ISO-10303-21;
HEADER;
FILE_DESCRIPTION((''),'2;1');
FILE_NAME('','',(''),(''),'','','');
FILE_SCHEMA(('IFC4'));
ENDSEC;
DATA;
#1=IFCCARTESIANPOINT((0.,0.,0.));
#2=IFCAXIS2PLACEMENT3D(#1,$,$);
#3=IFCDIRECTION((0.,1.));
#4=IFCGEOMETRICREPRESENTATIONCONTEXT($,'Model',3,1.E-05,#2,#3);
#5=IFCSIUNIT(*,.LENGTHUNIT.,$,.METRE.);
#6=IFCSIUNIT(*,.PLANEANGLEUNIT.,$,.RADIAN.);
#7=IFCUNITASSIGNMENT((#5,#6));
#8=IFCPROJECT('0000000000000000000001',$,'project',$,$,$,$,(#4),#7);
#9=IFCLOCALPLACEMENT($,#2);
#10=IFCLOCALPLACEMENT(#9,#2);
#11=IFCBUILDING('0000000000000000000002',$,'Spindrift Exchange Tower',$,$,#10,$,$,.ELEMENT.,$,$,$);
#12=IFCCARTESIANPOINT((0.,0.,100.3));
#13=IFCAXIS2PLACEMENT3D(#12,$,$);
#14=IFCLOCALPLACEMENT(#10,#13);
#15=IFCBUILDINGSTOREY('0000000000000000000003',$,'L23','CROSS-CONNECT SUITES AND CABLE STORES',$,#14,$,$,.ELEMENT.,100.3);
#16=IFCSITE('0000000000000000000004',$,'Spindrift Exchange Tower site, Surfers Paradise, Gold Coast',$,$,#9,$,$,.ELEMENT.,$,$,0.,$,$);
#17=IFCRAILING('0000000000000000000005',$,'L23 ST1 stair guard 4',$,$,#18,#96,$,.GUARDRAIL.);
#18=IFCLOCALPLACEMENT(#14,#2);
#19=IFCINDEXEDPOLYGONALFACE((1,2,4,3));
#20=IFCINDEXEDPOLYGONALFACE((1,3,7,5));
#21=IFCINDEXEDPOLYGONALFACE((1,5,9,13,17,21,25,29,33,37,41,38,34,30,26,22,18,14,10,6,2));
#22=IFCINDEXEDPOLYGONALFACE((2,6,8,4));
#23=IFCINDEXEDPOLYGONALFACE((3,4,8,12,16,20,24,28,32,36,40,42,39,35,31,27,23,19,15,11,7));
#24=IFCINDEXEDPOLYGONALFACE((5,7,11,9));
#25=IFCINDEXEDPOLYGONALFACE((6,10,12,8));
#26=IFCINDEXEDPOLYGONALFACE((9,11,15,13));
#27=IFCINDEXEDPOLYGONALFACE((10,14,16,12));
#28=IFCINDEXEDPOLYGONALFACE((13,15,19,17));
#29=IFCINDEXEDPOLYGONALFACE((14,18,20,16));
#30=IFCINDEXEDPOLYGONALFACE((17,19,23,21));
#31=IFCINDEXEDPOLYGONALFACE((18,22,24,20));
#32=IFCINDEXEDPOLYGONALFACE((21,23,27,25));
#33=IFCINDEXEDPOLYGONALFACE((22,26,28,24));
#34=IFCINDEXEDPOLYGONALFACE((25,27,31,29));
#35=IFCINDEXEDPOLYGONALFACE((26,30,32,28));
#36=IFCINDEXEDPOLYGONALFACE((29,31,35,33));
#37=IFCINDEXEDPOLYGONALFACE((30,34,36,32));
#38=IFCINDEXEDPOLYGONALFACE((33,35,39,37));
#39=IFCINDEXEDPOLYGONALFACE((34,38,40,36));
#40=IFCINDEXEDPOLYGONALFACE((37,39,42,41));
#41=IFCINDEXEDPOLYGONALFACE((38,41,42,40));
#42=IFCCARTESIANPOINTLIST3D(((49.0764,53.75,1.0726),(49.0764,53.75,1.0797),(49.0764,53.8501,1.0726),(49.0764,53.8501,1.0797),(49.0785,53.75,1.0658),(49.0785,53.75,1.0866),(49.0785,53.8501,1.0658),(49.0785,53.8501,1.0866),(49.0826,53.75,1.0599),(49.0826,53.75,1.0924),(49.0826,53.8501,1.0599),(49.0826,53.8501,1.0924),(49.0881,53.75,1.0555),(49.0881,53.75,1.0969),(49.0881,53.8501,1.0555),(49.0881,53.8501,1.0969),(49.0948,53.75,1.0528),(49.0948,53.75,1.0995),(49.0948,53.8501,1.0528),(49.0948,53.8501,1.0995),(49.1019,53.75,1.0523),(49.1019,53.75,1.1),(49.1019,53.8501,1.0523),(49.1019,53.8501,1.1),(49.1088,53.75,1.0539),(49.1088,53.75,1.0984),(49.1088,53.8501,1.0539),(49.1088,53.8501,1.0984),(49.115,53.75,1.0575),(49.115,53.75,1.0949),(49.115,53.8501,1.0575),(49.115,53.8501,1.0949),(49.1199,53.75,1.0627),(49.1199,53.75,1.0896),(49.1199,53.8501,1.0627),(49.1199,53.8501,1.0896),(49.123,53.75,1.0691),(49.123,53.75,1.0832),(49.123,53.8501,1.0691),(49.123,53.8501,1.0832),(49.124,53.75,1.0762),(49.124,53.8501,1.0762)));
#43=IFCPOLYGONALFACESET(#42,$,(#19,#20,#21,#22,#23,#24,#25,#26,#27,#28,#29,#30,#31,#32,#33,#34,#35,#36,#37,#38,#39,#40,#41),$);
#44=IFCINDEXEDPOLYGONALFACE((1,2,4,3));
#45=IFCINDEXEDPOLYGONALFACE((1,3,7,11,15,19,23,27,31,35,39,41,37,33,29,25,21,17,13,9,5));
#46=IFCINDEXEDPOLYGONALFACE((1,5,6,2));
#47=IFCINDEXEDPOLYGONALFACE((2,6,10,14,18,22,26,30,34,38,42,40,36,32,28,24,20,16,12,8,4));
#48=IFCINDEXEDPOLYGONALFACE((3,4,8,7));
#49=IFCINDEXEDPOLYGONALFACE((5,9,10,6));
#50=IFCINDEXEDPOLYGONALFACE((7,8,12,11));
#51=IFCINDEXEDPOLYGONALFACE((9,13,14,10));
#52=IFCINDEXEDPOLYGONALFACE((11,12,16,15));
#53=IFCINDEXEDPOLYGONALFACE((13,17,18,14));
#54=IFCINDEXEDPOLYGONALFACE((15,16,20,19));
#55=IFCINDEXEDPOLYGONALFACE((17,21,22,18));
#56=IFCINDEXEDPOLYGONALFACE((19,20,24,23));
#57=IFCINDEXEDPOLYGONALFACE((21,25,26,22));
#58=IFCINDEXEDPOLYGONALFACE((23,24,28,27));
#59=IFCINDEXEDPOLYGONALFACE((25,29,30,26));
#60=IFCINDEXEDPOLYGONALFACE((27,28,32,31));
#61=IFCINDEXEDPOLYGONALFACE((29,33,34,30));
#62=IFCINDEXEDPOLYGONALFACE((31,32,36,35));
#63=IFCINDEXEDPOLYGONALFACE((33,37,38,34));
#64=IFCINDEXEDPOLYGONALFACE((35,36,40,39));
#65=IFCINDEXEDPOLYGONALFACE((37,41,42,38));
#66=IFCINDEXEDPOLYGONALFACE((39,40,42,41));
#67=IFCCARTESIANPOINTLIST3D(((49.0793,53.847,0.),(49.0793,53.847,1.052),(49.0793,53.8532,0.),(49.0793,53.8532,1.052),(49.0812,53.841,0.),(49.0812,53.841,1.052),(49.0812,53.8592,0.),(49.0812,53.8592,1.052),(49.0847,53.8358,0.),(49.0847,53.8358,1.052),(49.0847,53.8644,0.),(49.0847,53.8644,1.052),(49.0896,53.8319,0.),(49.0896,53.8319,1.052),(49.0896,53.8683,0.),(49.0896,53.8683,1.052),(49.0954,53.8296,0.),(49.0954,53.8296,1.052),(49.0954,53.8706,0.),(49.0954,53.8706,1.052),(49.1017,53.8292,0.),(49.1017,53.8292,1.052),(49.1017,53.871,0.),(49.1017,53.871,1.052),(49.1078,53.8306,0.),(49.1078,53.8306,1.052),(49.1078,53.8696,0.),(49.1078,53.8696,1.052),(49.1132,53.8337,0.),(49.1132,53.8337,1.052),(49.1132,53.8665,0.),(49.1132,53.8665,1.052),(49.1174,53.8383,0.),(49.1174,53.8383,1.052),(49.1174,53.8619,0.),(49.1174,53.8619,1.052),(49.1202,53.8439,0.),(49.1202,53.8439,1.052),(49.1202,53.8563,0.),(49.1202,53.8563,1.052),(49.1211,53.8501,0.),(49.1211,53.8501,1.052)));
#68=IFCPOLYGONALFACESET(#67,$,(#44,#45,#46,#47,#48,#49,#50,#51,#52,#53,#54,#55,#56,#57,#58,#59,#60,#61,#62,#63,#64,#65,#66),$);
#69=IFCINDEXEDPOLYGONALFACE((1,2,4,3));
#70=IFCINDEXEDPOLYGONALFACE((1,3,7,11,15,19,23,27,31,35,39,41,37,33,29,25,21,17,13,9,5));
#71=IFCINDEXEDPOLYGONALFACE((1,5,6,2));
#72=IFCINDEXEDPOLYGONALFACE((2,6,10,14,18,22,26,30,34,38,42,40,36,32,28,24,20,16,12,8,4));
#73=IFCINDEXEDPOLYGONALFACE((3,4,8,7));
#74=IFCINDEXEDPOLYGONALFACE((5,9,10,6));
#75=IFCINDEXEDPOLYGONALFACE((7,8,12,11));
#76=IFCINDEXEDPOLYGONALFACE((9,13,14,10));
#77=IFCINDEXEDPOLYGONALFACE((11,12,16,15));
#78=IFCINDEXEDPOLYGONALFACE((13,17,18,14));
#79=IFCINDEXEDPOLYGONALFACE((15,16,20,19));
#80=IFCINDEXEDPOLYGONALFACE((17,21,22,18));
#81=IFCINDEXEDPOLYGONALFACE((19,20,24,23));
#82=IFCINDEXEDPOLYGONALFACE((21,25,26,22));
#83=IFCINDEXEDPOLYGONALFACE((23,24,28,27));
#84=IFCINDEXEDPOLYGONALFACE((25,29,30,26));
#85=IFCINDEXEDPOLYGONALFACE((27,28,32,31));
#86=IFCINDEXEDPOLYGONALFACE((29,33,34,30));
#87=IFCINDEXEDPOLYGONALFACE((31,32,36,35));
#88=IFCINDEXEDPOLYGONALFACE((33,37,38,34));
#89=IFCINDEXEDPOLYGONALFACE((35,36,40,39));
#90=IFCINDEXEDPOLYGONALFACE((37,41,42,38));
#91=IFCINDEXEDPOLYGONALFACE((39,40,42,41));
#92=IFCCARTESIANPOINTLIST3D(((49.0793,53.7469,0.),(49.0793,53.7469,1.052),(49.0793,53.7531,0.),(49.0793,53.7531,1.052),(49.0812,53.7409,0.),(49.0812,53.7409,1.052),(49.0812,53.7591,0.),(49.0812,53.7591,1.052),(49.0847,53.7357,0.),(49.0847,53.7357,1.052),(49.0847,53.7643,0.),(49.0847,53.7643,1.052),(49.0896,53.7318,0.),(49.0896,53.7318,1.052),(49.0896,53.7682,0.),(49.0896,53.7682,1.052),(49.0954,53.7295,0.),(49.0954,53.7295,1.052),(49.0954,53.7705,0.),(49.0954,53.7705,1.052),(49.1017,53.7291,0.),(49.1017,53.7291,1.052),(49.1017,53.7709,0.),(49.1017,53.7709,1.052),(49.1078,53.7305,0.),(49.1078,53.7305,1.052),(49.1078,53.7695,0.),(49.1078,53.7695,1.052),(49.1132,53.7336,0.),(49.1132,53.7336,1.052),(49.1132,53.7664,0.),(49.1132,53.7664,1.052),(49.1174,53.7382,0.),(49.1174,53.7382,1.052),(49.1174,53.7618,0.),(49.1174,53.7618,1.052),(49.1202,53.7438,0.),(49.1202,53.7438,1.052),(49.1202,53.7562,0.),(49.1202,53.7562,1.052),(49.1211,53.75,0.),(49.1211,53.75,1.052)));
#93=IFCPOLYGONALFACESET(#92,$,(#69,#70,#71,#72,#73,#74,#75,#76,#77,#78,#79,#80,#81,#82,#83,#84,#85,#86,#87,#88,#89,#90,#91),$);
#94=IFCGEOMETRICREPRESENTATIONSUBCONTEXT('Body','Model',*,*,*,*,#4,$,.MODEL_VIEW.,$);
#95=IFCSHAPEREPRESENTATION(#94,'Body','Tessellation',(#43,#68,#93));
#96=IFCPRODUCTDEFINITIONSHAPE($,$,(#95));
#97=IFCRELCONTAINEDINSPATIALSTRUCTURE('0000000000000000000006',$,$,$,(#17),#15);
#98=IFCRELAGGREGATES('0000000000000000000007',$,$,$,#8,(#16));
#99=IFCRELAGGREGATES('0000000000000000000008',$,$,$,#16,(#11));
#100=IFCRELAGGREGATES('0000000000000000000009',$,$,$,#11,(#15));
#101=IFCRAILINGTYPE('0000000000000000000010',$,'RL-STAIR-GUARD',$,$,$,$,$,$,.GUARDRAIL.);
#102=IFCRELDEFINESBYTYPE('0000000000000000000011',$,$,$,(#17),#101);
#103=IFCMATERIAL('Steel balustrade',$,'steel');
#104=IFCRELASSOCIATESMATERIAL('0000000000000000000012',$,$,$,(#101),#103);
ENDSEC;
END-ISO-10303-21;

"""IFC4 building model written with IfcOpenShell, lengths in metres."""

from ifc_helpers import new_model, si_unit, direction, frame, origin, origin_2d, place, context, subcontext, project, spatial, circle, extrude, material, type_object, element, save


model = new_model("IFC4")

# Units and contexts
model_context = context("Model", 3, precision=1e-05, world=origin(), true_north=direction((0.0, 1.0)))
body_context = subcontext(model_context, "Body", "Model", "MODEL_VIEW")
ifc_project = project(units=[si_unit("LENGTHUNIT", "METRE"), si_unit("PLANEANGLEUNIT", "RADIAN")], contexts=[model_context])

# Site, building, storey
site_placement = place(None, origin())
site = spatial("IfcSite", under=ifc_project, at=site_placement, Name="Spindrift Exchange Tower site, Surfers Paradise, Gold Coast", CompositionType="ELEMENT", RefElevation=0.0)
building_placement = place(site_placement, origin())
building = spatial("IfcBuilding", under=site, at=building_placement, Name="Spindrift Exchange Tower", CompositionType="ELEMENT")
storey_placement = place(building_placement, frame((0.0, 0.0, 100.3)))
storey = spatial("IfcBuildingStorey", under=building, at=storey_placement, Name="L23", Description="CROSS-CONNECT SUITES AND CABLE STORES", CompositionType="ELEMENT", Elevation=100.3)

# Railing
ifc_material_1 = material(Name="Steel balustrade", Category="steel")
railing_type_1 = type_object("IfcRailingType", Name="RL-STAIR-GUARD", PredefinedType="GUARDRAIL", material=ifc_material_1)
railing_1_placement = place(storey_placement, frame((49.1001, 53.8501, 0.0)))
element("IfcRailing", 1, at=railing_1_placement, inside=storey, type_object=railing_type_1, Name="L23 ST1 stair guard 4", PredefinedType="GUARDRAIL", context=body_context, shape_type="SweptSolid", body=[
    extrude(circle(Radius=0.0239, at=origin_2d()), frame((0.0, 0.0, 1.0762), z_axis=(0.0, -1.0, 0.0), x_axis=(1.0, 0.0, 0.0)), (0.0, 0.0, 1.0), 0.1001),
    extrude(circle(Radius=0.021, at=origin_2d()), origin(), (0.0, 0.0, 1.0), 1.052),
    extrude(circle(Radius=0.021, at=origin_2d()), frame((0.0, -0.1001, 0.0)), (0.0, 0.0, 1.0), 1.052),
])

save(model, "model.ifc")
